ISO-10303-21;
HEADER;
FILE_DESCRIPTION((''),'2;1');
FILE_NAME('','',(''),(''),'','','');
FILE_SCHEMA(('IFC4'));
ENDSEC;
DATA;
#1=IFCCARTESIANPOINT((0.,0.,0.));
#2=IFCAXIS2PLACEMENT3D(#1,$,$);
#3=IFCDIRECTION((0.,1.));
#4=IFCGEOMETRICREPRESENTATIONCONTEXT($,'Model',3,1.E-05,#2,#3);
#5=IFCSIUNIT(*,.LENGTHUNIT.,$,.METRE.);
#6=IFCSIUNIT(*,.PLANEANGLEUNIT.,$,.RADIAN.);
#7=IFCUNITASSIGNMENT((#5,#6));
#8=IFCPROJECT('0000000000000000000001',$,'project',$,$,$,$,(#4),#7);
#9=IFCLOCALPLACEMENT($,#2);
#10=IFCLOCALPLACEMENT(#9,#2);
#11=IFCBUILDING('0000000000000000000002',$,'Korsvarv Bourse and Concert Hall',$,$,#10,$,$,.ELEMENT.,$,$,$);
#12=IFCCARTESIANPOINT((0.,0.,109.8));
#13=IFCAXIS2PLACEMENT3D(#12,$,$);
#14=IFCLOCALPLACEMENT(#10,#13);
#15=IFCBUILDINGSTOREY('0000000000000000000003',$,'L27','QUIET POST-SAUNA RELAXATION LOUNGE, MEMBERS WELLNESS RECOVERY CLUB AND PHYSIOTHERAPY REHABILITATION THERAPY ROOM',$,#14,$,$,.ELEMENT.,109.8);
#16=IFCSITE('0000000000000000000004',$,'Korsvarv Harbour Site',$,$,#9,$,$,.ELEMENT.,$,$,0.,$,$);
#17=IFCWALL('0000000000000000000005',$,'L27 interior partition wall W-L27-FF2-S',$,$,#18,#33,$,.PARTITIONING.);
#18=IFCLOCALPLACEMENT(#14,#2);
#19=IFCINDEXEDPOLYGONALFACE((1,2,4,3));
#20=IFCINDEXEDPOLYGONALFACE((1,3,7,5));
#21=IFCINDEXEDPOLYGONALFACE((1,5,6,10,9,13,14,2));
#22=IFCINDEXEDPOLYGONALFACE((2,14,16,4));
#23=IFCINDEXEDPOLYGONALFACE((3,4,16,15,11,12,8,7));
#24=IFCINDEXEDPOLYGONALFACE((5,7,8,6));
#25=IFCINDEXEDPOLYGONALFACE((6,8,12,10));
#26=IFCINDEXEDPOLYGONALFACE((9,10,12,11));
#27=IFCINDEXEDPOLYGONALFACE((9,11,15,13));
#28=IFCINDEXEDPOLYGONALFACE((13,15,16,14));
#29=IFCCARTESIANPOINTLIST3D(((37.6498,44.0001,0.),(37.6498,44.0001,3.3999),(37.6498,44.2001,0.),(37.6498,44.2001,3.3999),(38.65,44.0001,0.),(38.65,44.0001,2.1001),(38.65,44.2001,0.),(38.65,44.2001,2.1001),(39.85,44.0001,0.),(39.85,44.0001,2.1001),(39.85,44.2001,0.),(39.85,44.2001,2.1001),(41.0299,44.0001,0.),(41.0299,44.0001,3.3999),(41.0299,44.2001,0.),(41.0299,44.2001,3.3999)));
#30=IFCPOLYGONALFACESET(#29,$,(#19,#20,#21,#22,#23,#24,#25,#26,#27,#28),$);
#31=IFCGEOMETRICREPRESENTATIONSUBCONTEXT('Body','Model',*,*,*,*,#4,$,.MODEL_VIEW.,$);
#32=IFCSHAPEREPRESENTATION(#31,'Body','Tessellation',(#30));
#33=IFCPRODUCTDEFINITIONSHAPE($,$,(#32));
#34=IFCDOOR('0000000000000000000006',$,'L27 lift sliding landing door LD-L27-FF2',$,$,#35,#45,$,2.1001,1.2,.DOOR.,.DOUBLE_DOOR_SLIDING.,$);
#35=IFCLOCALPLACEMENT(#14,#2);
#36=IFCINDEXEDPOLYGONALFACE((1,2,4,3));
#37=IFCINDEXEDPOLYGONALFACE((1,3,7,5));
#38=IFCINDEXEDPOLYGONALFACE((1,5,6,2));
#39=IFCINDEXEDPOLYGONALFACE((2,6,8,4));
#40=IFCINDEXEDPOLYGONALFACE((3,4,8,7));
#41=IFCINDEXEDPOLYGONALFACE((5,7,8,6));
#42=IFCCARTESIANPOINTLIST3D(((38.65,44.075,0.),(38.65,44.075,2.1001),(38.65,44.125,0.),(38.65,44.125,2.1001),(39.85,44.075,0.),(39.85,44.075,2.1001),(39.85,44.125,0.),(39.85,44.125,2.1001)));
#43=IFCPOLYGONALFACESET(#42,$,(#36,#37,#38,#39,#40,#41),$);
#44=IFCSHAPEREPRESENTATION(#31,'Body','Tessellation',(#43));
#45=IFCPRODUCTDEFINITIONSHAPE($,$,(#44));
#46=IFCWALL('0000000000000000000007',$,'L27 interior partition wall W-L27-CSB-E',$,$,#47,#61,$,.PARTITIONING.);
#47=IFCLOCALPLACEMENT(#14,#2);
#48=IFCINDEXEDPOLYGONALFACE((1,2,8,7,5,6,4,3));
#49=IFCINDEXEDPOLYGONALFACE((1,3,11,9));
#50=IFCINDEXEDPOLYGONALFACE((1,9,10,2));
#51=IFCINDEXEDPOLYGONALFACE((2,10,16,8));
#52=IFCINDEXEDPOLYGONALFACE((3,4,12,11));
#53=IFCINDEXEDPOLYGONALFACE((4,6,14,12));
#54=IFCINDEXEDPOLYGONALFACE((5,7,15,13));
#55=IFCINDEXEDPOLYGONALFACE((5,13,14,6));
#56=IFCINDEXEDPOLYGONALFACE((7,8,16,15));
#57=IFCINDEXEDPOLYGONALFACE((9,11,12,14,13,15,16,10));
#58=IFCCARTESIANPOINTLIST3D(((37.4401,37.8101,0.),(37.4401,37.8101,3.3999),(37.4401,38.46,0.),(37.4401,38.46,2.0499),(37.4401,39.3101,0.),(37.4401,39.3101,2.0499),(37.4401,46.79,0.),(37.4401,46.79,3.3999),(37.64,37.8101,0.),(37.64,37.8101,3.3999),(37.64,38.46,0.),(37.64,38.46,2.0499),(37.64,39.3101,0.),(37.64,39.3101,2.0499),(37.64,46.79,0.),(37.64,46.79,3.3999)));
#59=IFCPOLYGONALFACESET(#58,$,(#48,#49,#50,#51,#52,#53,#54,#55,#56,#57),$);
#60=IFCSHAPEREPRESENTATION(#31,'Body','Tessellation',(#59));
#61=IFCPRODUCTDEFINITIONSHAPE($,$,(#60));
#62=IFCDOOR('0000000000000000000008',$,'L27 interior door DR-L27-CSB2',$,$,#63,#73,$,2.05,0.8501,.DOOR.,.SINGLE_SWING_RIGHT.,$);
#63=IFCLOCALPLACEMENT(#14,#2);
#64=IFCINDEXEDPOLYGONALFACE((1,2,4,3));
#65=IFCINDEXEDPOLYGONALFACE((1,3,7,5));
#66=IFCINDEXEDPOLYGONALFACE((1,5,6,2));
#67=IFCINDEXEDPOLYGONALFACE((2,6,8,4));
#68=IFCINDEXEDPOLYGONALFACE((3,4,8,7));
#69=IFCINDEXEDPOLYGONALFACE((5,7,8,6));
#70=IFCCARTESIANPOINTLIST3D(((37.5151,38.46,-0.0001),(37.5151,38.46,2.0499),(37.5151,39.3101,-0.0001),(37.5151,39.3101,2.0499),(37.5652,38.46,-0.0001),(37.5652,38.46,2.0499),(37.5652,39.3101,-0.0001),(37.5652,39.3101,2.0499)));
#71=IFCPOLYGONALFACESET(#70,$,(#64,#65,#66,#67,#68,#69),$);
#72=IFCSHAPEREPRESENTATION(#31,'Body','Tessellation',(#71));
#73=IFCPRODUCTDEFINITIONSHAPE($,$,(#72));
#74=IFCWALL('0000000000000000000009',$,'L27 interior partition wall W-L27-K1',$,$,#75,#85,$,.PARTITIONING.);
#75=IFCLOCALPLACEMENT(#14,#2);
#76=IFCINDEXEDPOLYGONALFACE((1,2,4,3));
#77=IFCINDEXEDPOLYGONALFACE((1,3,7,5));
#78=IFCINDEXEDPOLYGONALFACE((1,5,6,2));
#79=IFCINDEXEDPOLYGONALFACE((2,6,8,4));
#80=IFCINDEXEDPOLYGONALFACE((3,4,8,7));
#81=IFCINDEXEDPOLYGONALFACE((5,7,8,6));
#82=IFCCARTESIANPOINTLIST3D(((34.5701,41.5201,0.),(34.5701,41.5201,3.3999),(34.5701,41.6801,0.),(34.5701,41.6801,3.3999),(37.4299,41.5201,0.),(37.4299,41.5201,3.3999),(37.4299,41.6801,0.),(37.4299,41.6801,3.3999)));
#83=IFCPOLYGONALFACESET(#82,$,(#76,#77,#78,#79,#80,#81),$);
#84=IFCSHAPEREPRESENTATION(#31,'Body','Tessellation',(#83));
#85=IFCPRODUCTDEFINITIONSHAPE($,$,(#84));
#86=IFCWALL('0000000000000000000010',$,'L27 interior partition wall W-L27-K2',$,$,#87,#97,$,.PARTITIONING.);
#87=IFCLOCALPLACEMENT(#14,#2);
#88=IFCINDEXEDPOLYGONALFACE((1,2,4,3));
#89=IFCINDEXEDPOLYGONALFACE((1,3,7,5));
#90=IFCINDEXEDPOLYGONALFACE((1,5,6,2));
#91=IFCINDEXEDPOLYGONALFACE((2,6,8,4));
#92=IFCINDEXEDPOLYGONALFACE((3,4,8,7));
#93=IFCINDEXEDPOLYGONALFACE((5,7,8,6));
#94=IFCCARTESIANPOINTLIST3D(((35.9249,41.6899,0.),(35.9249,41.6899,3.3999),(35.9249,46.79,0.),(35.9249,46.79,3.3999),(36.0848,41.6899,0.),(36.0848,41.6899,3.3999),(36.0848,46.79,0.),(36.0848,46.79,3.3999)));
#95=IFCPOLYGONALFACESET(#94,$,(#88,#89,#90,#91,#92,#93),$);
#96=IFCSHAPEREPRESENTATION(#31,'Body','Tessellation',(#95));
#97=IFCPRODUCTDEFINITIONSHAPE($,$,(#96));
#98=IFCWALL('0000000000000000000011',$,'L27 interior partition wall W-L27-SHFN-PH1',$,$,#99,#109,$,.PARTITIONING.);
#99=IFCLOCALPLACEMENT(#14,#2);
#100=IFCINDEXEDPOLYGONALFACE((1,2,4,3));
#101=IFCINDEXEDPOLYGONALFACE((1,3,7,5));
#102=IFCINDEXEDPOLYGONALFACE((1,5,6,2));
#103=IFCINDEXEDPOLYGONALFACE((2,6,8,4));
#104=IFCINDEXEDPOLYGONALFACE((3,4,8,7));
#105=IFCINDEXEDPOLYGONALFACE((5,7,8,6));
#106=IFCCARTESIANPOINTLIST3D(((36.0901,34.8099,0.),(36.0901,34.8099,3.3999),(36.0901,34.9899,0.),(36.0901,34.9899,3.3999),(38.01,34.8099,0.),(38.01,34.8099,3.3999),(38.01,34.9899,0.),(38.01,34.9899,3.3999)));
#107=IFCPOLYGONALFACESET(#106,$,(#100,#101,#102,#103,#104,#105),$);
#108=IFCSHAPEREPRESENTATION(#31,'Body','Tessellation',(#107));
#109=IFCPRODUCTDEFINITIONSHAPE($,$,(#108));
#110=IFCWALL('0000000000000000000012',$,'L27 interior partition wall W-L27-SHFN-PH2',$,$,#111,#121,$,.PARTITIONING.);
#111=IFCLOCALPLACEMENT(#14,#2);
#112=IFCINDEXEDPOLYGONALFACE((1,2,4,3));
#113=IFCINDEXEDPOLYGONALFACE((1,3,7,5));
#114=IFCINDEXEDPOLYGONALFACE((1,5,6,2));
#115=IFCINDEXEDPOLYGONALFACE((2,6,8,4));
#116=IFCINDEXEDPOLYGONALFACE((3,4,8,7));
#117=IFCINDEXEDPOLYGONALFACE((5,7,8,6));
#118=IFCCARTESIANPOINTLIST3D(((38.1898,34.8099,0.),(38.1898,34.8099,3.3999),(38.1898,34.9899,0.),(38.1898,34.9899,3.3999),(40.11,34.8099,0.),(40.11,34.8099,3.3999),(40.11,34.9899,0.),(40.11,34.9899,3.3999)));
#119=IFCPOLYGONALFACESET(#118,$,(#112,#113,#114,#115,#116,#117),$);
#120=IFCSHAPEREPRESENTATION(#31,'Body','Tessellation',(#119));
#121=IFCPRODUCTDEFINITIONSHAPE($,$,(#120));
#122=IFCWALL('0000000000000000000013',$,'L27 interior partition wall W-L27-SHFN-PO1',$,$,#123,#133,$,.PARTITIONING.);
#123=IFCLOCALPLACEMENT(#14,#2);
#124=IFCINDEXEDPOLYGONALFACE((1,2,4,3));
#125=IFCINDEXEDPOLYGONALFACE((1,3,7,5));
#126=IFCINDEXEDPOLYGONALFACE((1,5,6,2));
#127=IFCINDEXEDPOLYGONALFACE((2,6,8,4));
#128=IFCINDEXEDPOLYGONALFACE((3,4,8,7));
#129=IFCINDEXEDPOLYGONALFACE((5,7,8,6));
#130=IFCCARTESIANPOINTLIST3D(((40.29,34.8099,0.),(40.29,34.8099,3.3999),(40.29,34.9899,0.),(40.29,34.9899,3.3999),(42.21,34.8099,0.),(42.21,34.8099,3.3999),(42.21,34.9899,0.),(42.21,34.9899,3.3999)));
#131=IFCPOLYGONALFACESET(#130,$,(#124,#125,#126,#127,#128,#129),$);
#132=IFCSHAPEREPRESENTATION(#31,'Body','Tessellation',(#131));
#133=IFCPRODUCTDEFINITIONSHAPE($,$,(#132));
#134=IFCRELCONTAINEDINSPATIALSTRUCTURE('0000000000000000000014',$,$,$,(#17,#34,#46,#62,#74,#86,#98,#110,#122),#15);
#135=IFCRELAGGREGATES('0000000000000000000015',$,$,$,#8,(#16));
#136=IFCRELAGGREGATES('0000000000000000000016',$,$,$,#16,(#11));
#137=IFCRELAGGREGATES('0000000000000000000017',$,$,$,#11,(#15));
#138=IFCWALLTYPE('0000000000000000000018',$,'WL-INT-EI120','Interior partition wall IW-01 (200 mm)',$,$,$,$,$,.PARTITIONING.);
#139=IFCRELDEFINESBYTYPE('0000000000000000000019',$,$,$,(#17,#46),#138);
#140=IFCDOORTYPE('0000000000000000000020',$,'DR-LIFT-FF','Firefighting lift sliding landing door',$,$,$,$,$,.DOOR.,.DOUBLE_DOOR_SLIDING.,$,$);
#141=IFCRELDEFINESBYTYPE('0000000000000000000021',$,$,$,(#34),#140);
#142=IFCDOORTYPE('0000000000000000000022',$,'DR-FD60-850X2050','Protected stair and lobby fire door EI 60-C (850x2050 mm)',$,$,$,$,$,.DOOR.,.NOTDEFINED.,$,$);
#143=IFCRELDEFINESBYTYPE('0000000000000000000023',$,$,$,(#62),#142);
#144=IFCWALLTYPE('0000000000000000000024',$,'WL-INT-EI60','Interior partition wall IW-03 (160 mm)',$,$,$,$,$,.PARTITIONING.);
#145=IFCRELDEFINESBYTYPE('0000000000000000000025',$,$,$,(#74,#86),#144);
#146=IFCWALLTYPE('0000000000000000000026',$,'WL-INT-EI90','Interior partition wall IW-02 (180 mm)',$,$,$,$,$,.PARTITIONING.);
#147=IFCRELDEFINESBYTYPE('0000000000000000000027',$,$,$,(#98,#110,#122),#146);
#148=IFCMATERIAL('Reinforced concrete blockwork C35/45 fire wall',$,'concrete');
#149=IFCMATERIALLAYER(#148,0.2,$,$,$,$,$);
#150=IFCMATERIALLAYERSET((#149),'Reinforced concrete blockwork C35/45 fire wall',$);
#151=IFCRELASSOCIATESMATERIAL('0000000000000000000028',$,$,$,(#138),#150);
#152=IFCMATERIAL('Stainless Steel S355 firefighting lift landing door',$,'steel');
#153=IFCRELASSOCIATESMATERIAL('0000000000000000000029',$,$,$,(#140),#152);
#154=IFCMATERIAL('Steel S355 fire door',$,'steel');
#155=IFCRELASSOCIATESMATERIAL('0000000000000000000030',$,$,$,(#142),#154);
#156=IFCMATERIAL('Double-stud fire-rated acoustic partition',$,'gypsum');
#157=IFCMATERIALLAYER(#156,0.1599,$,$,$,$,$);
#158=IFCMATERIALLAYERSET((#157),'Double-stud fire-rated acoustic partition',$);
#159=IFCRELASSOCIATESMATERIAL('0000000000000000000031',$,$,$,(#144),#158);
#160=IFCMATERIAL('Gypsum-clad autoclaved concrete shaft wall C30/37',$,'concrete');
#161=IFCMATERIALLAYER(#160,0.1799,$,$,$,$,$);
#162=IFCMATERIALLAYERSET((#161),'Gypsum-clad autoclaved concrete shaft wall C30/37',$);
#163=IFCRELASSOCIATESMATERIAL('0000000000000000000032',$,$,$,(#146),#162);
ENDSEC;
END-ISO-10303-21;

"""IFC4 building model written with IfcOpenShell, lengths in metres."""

from ifc_helpers import new_model, si_unit, direction, frame, frame_2d, origin, place, context, subcontext, project, spatial, rectangle, extrude, material, layer, layer_set, type_object, element, fill, save


model = new_model("IFC4")

# Units and contexts
model_context = context("Model", 3, precision=1e-05, world=origin(), true_north=direction((0.0, 1.0)))
body_context = subcontext(model_context, "Body", "Model", "MODEL_VIEW")
ifc_project = project(units=[si_unit("LENGTHUNIT", "METRE"), si_unit("PLANEANGLEUNIT", "RADIAN")], contexts=[model_context])

# Site, building, storey
site_placement = place(None, origin())
site = spatial("IfcSite", under=ifc_project, at=site_placement, Name="Korsvarv Harbour Site", CompositionType="ELEMENT", RefElevation=0.0)
building_placement = place(site_placement, origin())
building = spatial("IfcBuilding", under=site, at=building_placement, Name="Korsvarv Bourse and Concert Hall", CompositionType="ELEMENT")
storey_placement = place(building_placement, frame((0.0, 0.0, 109.8)))
storey = spatial("IfcBuildingStorey", under=building, at=storey_placement, Name="L27", Description="QUIET POST-SAUNA RELAXATION LOUNGE, MEMBERS WELLNESS RECOVERY CLUB AND PHYSIOTHERAPY REHABILITATION THERAPY ROOM", CompositionType="ELEMENT", Elevation=109.8)

# Shared definitions
ifc_material_1 = material(Name="Steel S355 fire door", Category="steel")

# Walls, openings, doors
ifc_material_2 = material(Name="Reinforced concrete blockwork C35/45 fire wall", Category="concrete")
ifc_layer_1 = layer(ifc_material_2, 0.2)
ifc_layer_set_1 = layer_set([ifc_layer_1], Name="Reinforced concrete blockwork C35/45 fire wall")
wall_type_1 = type_object("IfcWallType", Name="WL-INT-EI120", Description="Interior partition wall IW-01 (200 mm)", PredefinedType="PARTITIONING", material=ifc_layer_set_1)
wall_1_placement = place(storey_placement, frame((37.6499, 44.1001, 0.0), z_axis=(0.0, 0.0, 1.0), x_axis=(1.0, 0.0, 0.0)))
wall_1 = element("IfcWall", 1, at=wall_1_placement, inside=storey, type_object=wall_type_1, Name="L27 interior partition wall W-L27-FF2-S", PredefinedType="PARTITIONING", context=body_context, shape_type="SweptSolid", body=[
    extrude(rectangle(XDim=3.3801, YDim=0.2, at=frame_2d((1.6899, 0.0))), origin(), (0.0, 0.0, 1.0), 3.3999),
])
opening_1_placement = place(wall_1_placement, frame((1.0, 0.0, 0.0)))
opening_1 = element("IfcOpeningElement", 2, at=opening_1_placement, cuts=wall_1, PredefinedType="OPENING", context=body_context, shape_type="SweptSolid", body=[
    extrude(rectangle(XDim=1.2, YDim=2.1001, at=frame_2d((0.6001, 1.05))), frame((0.0, 0.1099, 0.0), z_axis=(0.0, -1.0, 0.0), x_axis=(1.0, 0.0, 0.0)), (0.0, 0.0, 1.0), 0.22),
])
ifc_material_3 = material(Name="Stainless Steel S355 firefighting lift landing door", Category="steel")
door_type_1 = type_object("IfcDoorType", Name="DR-LIFT-FF", Description="Firefighting lift sliding landing door", OperationType="DOUBLE_DOOR_SLIDING", PredefinedType="DOOR", material=ifc_material_3)
door_1_placement = place(opening_1_placement, origin())
door_1 = element("IfcDoor", 3, at=door_1_placement, inside=storey, type_object=door_type_1, Name="L27 lift sliding landing door LD-L27-FF2", OperationType="DOUBLE_DOOR_SLIDING", OverallHeight=2.1001, OverallWidth=1.2, PredefinedType="DOOR", context=body_context, shape_type="SweptSolid", body=[
    extrude(rectangle(XDim=1.2, YDim=2.1001, at=frame_2d((0.6001, 1.05))), frame((0.0, 0.0249, 0.0), z_axis=(0.0, -1.0, 0.0), x_axis=(1.0, 0.0, 0.0)), (0.0, 0.0, 1.0), 0.05),
])
fill(opening_1, door_1)
wall_2_placement = place(storey_placement, frame((37.54, 37.8101, 0.0), z_axis=(0.0, 0.0, 1.0), x_axis=(0.0, 1.0, 0.0)))
wall_2 = element("IfcWall", 4, at=wall_2_placement, inside=storey, type_object=wall_type_1, Name="L27 interior partition wall W-L27-CSB-E", PredefinedType="PARTITIONING", context=body_context, shape_type="SweptSolid", body=[
    extrude(rectangle(XDim=8.98, YDim=0.2, at=frame_2d((4.49, 0.0))), origin(), (0.0, 0.0, 1.0), 3.3999),
])
opening_2_placement = place(wall_2_placement, frame((0.6499, 0.0, 0.0)))
opening_2 = element("IfcOpeningElement", 5, at=opening_2_placement, cuts=wall_2, PredefinedType="OPENING", context=body_context, shape_type="SweptSolid", body=[
    extrude(rectangle(XDim=0.8501, YDim=2.05, at=frame_2d((0.425, 1.0249))), frame((0.0, 0.1099, 0.0), z_axis=(0.0, -1.0, 0.0), x_axis=(1.0, 0.0, 0.0)), (0.0, 0.0, 1.0), 0.22),
])
door_type_2 = type_object("IfcDoorType", Name="DR-FD60-850X2050", Description="Protected stair and lobby fire door EI 60-C (850x2050 mm)", OperationType="NOTDEFINED", PredefinedType="DOOR", material=ifc_material_1)
door_2_placement = place(opening_2_placement, origin())
door_2 = element("IfcDoor", 6, at=door_2_placement, inside=storey, type_object=door_type_2, Name="L27 interior door DR-L27-CSB2", OperationType="SINGLE_SWING_RIGHT", OverallHeight=2.05, OverallWidth=0.8501, PredefinedType="DOOR", context=body_context, shape_type="SweptSolid", body=[
    extrude(rectangle(XDim=0.8501, YDim=2.05, at=frame_2d((0.425, 1.0249))), frame((0.0, 0.0249, 0.0), z_axis=(0.0, -1.0, 0.0), x_axis=(1.0, 0.0, 0.0)), (0.0, 0.0, 1.0), 0.05),
])
fill(opening_2, door_2)

# Walls
ifc_material_4 = material(Name="Double-stud fire-rated acoustic partition", Category="gypsum")
ifc_layer_2 = layer(ifc_material_4, 0.1599)
ifc_layer_set_2 = layer_set([ifc_layer_2], Name="Double-stud fire-rated acoustic partition")
wall_type_2 = type_object("IfcWallType", Name="WL-INT-EI60", Description="Interior partition wall IW-03 (160 mm)", PredefinedType="PARTITIONING", material=ifc_layer_set_2)
wall_3_placement = place(storey_placement, frame((34.5701, 41.6001, 0.0), z_axis=(0.0, 0.0, 1.0), x_axis=(1.0, 0.0, 0.0)))
element("IfcWall", 7, at=wall_3_placement, inside=storey, type_object=wall_type_2, Name="L27 interior partition wall W-L27-K1", PredefinedType="PARTITIONING", context=body_context, shape_type="SweptSolid", body=[
    extrude(rectangle(XDim=2.8599, YDim=0.1599, at=frame_2d((1.4299, 0.0))), origin(), (0.0, 0.0, 1.0), 3.3999),
])
wall_4_placement = place(storey_placement, frame((36.0049, 41.6899, 0.0), z_axis=(0.0, 0.0, 1.0), x_axis=(0.0, 1.0, 0.0)))
element("IfcWall", 8, at=wall_4_placement, inside=storey, type_object=wall_type_2, Name="L27 interior partition wall W-L27-K2", PredefinedType="PARTITIONING", context=body_context, shape_type="SweptSolid", body=[
    extrude(rectangle(XDim=5.1001, YDim=0.1599, at=frame_2d((2.55, 0.0))), origin(), (0.0, 0.0, 1.0), 3.3999),
])
ifc_material_5 = material(Name="Gypsum-clad autoclaved concrete shaft wall C30/37", Category="concrete")
ifc_layer_3 = layer(ifc_material_5, 0.1799)
ifc_layer_set_3 = layer_set([ifc_layer_3], Name="Gypsum-clad autoclaved concrete shaft wall C30/37")
wall_type_3 = type_object("IfcWallType", Name="WL-INT-EI90", Description="Interior partition wall IW-02 (180 mm)", PredefinedType="PARTITIONING", material=ifc_layer_set_3)
wall_5_placement = place(storey_placement, frame((36.0901, 34.8999, 0.0), z_axis=(0.0, 0.0, 1.0), x_axis=(1.0, 0.0, 0.0)))
element("IfcWall", 9, at=wall_5_placement, inside=storey, type_object=wall_type_3, Name="L27 interior partition wall W-L27-SHFN-PH1", PredefinedType="PARTITIONING", context=body_context, shape_type="SweptSolid", body=[
    extrude(rectangle(XDim=1.9199, YDim=0.1799, at=frame_2d((0.96, 0.0))), origin(), (0.0, 0.0, 1.0), 3.3999),
])
wall_6_placement = place(storey_placement, frame((38.1899, 34.8999, 0.0), z_axis=(0.0, 0.0, 1.0), x_axis=(1.0, 0.0, 0.0)))
element("IfcWall", 10, at=wall_6_placement, inside=storey, type_object=wall_type_3, Name="L27 interior partition wall W-L27-SHFN-PH2", PredefinedType="PARTITIONING", context=body_context, shape_type="SweptSolid", body=[
    extrude(rectangle(XDim=1.9202, YDim=0.1799, at=frame_2d((0.96, 0.0))), origin(), (0.0, 0.0, 1.0), 3.3999),
])
wall_7_placement = place(storey_placement, frame((40.29, 34.8999, 0.0), z_axis=(0.0, 0.0, 1.0), x_axis=(1.0, 0.0, 0.0)))
element("IfcWall", 11, at=wall_7_placement, inside=storey, type_object=wall_type_3, Name="L27 interior partition wall W-L27-SHFN-PO1", PredefinedType="PARTITIONING", context=body_context, shape_type="SweptSolid", body=[
    extrude(rectangle(XDim=1.9199, YDim=0.1799, at=frame_2d((0.96, 0.0))), origin(), (0.0, 0.0, 1.0), 3.3999),
])

save(model, "model.ifc")
